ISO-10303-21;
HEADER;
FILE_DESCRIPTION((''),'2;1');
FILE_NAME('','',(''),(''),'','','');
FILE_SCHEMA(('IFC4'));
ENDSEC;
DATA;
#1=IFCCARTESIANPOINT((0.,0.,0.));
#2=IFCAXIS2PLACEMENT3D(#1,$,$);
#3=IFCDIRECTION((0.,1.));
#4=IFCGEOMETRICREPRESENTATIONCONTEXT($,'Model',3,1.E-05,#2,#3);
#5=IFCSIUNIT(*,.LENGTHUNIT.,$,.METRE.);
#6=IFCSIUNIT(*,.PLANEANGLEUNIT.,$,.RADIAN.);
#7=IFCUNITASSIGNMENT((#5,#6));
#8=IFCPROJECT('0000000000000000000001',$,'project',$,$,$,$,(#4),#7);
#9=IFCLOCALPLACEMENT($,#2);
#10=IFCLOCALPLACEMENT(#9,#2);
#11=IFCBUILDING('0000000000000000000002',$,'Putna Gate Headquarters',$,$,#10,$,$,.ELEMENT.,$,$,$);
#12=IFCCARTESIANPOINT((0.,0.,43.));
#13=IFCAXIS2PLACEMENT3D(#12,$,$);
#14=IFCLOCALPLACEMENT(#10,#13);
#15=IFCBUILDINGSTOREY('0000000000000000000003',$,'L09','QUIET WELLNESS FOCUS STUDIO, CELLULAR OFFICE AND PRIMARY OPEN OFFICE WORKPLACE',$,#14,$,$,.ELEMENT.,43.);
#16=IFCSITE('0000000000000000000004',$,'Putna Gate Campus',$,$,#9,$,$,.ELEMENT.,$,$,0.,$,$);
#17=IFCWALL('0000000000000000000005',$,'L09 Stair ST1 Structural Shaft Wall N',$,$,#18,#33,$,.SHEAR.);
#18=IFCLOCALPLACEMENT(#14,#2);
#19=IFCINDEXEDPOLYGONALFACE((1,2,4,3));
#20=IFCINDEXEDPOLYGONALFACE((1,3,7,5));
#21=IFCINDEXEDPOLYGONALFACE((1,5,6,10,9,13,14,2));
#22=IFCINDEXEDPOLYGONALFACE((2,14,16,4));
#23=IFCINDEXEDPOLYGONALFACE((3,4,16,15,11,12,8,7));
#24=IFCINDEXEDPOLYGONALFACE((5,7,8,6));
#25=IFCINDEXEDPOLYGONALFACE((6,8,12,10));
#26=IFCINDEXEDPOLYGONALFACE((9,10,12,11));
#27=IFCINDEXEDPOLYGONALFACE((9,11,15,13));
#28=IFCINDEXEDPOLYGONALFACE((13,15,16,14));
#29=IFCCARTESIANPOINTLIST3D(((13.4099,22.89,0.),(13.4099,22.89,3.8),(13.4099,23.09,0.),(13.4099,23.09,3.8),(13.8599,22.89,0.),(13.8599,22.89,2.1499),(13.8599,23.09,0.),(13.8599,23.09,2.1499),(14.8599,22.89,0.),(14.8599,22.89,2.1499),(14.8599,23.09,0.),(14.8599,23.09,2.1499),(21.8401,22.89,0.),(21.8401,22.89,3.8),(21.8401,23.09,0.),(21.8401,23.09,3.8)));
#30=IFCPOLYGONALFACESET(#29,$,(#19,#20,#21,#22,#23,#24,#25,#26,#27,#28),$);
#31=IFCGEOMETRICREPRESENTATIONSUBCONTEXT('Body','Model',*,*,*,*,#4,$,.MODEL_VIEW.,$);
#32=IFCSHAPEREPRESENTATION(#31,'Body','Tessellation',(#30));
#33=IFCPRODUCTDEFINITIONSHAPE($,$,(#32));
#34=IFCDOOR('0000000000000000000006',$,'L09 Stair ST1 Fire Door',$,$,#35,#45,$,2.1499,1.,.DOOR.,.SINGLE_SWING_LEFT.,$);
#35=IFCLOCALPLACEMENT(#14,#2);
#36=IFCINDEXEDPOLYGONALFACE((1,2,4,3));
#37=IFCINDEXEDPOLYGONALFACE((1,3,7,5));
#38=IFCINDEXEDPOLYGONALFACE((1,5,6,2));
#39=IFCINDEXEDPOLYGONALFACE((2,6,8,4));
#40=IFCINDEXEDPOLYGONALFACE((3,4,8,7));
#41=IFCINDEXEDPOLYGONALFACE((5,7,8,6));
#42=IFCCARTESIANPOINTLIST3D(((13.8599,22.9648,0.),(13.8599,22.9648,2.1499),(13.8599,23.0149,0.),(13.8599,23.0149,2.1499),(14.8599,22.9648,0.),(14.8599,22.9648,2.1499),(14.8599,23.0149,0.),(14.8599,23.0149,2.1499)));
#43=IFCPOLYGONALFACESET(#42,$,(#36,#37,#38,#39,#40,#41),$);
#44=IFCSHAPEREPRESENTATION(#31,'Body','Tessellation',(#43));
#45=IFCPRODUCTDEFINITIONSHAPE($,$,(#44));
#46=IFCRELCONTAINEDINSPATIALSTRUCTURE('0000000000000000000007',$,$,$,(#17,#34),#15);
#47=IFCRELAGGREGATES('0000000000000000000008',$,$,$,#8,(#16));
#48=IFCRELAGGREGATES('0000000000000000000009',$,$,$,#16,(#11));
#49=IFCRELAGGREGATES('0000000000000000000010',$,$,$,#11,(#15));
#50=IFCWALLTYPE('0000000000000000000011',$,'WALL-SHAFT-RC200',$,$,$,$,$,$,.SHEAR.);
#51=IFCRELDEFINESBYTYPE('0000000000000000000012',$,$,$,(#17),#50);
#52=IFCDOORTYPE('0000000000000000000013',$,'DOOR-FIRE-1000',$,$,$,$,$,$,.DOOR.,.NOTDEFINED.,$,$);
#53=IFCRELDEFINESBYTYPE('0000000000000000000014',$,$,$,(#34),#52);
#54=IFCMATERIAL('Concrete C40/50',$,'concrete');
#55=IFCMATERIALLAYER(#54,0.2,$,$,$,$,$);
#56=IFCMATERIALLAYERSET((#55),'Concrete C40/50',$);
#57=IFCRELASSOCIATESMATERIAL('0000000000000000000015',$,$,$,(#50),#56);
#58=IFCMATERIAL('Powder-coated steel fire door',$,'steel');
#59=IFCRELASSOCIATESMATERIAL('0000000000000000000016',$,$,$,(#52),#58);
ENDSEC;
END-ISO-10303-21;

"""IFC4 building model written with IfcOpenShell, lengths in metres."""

from ifc_helpers import new_model, si_unit, direction, frame, frame_2d, origin, place, context, subcontext, project, spatial, rectangle, extrude, material, layer, layer_set, type_object, element, fill, save


model = new_model("IFC4")

# Units and contexts
model_context = context("Model", 3, precision=1e-05, world=origin(), true_north=direction((0.0, 1.0)))
body_context = subcontext(model_context, "Body", "Model", "MODEL_VIEW")
ifc_project = project(units=[si_unit("LENGTHUNIT", "METRE"), si_unit("PLANEANGLEUNIT", "RADIAN")], contexts=[model_context])

# Site, building, storey
site_placement = place(None, origin())
site = spatial("IfcSite", under=ifc_project, at=site_placement, Name="Putna Gate Campus", CompositionType="ELEMENT", RefElevation=0.0)
building_placement = place(site_placement, origin())
building = spatial("IfcBuilding", under=site, at=building_placement, Name="Putna Gate Headquarters", CompositionType="ELEMENT")
storey_placement = place(building_placement, frame((0.0, 0.0, 43.0)))
storey = spatial("IfcBuildingStorey", under=building, at=storey_placement, Name="L09", Description="QUIET WELLNESS FOCUS STUDIO, CELLULAR OFFICE AND PRIMARY OPEN OFFICE WORKPLACE", CompositionType="ELEMENT", Elevation=43.0)

# Shared definitions
ifc_material_1 = material(Name="Concrete C40/50", Category="concrete")

# Wall, opening, door
ifc_layer_1 = layer(ifc_material_1, 0.2)
ifc_layer_set_1 = layer_set([ifc_layer_1], Name="Concrete C40/50")
wall_type_1 = type_object("IfcWallType", Name="WALL-SHAFT-RC200", PredefinedType="SHEAR", material=ifc_layer_set_1)
wall_1_placement = place(storey_placement, frame((13.4099, 22.99, 0.0), z_axis=(0.0, 0.0, 1.0), x_axis=(1.0, 0.0, 0.0)))
wall_1 = element("IfcWall", 1, at=wall_1_placement, inside=storey, type_object=wall_type_1, Name="L09 Stair ST1 Structural Shaft Wall N", PredefinedType="SHEAR", context=body_context, shape_type="SweptSolid", body=[
    extrude(rectangle(XDim=8.4302, YDim=0.2, at=frame_2d((4.2151, 0.0))), origin(), (0.0, 0.0, 1.0), 3.8),
])
opening_1_placement = place(wall_1_placement, frame((0.45, 0.0, 0.0)))
opening_1 = element("IfcOpeningElement", 2, at=opening_1_placement, cuts=wall_1, PredefinedType="OPENING", context=body_context, shape_type="SweptSolid", body=[
    extrude(rectangle(XDim=1.0, YDim=2.1499, at=frame_2d((0.5, 1.075))), frame((0.0, 0.1099, 0.0), z_axis=(0.0, -1.0, 0.0), x_axis=(1.0, 0.0, 0.0)), (0.0, 0.0, 1.0), 0.22),
])
ifc_material_2 = material(Name="Powder-coated steel fire door", Category="steel")
door_type_1 = type_object("IfcDoorType", Name="DOOR-FIRE-1000", OperationType="NOTDEFINED", PredefinedType="DOOR", material=ifc_material_2)
door_1_placement = place(opening_1_placement, origin())
door_1 = element("IfcDoor", 3, at=door_1_placement, inside=storey, type_object=door_type_1, Name="L09 Stair ST1 Fire Door", OperationType="SINGLE_SWING_LEFT", OverallHeight=2.1499, OverallWidth=1.0, PredefinedType="DOOR", context=body_context, shape_type="SweptSolid", body=[
    extrude(rectangle(XDim=1.0, YDim=2.1499, at=frame_2d((0.5, 1.075))), frame((0.0, 0.0249, 0.0), z_axis=(0.0, -1.0, 0.0), x_axis=(1.0, 0.0, 0.0)), (0.0, 0.0, 1.0), 0.05),
])
fill(opening_1, door_1)

save(model, "model.ifc")
